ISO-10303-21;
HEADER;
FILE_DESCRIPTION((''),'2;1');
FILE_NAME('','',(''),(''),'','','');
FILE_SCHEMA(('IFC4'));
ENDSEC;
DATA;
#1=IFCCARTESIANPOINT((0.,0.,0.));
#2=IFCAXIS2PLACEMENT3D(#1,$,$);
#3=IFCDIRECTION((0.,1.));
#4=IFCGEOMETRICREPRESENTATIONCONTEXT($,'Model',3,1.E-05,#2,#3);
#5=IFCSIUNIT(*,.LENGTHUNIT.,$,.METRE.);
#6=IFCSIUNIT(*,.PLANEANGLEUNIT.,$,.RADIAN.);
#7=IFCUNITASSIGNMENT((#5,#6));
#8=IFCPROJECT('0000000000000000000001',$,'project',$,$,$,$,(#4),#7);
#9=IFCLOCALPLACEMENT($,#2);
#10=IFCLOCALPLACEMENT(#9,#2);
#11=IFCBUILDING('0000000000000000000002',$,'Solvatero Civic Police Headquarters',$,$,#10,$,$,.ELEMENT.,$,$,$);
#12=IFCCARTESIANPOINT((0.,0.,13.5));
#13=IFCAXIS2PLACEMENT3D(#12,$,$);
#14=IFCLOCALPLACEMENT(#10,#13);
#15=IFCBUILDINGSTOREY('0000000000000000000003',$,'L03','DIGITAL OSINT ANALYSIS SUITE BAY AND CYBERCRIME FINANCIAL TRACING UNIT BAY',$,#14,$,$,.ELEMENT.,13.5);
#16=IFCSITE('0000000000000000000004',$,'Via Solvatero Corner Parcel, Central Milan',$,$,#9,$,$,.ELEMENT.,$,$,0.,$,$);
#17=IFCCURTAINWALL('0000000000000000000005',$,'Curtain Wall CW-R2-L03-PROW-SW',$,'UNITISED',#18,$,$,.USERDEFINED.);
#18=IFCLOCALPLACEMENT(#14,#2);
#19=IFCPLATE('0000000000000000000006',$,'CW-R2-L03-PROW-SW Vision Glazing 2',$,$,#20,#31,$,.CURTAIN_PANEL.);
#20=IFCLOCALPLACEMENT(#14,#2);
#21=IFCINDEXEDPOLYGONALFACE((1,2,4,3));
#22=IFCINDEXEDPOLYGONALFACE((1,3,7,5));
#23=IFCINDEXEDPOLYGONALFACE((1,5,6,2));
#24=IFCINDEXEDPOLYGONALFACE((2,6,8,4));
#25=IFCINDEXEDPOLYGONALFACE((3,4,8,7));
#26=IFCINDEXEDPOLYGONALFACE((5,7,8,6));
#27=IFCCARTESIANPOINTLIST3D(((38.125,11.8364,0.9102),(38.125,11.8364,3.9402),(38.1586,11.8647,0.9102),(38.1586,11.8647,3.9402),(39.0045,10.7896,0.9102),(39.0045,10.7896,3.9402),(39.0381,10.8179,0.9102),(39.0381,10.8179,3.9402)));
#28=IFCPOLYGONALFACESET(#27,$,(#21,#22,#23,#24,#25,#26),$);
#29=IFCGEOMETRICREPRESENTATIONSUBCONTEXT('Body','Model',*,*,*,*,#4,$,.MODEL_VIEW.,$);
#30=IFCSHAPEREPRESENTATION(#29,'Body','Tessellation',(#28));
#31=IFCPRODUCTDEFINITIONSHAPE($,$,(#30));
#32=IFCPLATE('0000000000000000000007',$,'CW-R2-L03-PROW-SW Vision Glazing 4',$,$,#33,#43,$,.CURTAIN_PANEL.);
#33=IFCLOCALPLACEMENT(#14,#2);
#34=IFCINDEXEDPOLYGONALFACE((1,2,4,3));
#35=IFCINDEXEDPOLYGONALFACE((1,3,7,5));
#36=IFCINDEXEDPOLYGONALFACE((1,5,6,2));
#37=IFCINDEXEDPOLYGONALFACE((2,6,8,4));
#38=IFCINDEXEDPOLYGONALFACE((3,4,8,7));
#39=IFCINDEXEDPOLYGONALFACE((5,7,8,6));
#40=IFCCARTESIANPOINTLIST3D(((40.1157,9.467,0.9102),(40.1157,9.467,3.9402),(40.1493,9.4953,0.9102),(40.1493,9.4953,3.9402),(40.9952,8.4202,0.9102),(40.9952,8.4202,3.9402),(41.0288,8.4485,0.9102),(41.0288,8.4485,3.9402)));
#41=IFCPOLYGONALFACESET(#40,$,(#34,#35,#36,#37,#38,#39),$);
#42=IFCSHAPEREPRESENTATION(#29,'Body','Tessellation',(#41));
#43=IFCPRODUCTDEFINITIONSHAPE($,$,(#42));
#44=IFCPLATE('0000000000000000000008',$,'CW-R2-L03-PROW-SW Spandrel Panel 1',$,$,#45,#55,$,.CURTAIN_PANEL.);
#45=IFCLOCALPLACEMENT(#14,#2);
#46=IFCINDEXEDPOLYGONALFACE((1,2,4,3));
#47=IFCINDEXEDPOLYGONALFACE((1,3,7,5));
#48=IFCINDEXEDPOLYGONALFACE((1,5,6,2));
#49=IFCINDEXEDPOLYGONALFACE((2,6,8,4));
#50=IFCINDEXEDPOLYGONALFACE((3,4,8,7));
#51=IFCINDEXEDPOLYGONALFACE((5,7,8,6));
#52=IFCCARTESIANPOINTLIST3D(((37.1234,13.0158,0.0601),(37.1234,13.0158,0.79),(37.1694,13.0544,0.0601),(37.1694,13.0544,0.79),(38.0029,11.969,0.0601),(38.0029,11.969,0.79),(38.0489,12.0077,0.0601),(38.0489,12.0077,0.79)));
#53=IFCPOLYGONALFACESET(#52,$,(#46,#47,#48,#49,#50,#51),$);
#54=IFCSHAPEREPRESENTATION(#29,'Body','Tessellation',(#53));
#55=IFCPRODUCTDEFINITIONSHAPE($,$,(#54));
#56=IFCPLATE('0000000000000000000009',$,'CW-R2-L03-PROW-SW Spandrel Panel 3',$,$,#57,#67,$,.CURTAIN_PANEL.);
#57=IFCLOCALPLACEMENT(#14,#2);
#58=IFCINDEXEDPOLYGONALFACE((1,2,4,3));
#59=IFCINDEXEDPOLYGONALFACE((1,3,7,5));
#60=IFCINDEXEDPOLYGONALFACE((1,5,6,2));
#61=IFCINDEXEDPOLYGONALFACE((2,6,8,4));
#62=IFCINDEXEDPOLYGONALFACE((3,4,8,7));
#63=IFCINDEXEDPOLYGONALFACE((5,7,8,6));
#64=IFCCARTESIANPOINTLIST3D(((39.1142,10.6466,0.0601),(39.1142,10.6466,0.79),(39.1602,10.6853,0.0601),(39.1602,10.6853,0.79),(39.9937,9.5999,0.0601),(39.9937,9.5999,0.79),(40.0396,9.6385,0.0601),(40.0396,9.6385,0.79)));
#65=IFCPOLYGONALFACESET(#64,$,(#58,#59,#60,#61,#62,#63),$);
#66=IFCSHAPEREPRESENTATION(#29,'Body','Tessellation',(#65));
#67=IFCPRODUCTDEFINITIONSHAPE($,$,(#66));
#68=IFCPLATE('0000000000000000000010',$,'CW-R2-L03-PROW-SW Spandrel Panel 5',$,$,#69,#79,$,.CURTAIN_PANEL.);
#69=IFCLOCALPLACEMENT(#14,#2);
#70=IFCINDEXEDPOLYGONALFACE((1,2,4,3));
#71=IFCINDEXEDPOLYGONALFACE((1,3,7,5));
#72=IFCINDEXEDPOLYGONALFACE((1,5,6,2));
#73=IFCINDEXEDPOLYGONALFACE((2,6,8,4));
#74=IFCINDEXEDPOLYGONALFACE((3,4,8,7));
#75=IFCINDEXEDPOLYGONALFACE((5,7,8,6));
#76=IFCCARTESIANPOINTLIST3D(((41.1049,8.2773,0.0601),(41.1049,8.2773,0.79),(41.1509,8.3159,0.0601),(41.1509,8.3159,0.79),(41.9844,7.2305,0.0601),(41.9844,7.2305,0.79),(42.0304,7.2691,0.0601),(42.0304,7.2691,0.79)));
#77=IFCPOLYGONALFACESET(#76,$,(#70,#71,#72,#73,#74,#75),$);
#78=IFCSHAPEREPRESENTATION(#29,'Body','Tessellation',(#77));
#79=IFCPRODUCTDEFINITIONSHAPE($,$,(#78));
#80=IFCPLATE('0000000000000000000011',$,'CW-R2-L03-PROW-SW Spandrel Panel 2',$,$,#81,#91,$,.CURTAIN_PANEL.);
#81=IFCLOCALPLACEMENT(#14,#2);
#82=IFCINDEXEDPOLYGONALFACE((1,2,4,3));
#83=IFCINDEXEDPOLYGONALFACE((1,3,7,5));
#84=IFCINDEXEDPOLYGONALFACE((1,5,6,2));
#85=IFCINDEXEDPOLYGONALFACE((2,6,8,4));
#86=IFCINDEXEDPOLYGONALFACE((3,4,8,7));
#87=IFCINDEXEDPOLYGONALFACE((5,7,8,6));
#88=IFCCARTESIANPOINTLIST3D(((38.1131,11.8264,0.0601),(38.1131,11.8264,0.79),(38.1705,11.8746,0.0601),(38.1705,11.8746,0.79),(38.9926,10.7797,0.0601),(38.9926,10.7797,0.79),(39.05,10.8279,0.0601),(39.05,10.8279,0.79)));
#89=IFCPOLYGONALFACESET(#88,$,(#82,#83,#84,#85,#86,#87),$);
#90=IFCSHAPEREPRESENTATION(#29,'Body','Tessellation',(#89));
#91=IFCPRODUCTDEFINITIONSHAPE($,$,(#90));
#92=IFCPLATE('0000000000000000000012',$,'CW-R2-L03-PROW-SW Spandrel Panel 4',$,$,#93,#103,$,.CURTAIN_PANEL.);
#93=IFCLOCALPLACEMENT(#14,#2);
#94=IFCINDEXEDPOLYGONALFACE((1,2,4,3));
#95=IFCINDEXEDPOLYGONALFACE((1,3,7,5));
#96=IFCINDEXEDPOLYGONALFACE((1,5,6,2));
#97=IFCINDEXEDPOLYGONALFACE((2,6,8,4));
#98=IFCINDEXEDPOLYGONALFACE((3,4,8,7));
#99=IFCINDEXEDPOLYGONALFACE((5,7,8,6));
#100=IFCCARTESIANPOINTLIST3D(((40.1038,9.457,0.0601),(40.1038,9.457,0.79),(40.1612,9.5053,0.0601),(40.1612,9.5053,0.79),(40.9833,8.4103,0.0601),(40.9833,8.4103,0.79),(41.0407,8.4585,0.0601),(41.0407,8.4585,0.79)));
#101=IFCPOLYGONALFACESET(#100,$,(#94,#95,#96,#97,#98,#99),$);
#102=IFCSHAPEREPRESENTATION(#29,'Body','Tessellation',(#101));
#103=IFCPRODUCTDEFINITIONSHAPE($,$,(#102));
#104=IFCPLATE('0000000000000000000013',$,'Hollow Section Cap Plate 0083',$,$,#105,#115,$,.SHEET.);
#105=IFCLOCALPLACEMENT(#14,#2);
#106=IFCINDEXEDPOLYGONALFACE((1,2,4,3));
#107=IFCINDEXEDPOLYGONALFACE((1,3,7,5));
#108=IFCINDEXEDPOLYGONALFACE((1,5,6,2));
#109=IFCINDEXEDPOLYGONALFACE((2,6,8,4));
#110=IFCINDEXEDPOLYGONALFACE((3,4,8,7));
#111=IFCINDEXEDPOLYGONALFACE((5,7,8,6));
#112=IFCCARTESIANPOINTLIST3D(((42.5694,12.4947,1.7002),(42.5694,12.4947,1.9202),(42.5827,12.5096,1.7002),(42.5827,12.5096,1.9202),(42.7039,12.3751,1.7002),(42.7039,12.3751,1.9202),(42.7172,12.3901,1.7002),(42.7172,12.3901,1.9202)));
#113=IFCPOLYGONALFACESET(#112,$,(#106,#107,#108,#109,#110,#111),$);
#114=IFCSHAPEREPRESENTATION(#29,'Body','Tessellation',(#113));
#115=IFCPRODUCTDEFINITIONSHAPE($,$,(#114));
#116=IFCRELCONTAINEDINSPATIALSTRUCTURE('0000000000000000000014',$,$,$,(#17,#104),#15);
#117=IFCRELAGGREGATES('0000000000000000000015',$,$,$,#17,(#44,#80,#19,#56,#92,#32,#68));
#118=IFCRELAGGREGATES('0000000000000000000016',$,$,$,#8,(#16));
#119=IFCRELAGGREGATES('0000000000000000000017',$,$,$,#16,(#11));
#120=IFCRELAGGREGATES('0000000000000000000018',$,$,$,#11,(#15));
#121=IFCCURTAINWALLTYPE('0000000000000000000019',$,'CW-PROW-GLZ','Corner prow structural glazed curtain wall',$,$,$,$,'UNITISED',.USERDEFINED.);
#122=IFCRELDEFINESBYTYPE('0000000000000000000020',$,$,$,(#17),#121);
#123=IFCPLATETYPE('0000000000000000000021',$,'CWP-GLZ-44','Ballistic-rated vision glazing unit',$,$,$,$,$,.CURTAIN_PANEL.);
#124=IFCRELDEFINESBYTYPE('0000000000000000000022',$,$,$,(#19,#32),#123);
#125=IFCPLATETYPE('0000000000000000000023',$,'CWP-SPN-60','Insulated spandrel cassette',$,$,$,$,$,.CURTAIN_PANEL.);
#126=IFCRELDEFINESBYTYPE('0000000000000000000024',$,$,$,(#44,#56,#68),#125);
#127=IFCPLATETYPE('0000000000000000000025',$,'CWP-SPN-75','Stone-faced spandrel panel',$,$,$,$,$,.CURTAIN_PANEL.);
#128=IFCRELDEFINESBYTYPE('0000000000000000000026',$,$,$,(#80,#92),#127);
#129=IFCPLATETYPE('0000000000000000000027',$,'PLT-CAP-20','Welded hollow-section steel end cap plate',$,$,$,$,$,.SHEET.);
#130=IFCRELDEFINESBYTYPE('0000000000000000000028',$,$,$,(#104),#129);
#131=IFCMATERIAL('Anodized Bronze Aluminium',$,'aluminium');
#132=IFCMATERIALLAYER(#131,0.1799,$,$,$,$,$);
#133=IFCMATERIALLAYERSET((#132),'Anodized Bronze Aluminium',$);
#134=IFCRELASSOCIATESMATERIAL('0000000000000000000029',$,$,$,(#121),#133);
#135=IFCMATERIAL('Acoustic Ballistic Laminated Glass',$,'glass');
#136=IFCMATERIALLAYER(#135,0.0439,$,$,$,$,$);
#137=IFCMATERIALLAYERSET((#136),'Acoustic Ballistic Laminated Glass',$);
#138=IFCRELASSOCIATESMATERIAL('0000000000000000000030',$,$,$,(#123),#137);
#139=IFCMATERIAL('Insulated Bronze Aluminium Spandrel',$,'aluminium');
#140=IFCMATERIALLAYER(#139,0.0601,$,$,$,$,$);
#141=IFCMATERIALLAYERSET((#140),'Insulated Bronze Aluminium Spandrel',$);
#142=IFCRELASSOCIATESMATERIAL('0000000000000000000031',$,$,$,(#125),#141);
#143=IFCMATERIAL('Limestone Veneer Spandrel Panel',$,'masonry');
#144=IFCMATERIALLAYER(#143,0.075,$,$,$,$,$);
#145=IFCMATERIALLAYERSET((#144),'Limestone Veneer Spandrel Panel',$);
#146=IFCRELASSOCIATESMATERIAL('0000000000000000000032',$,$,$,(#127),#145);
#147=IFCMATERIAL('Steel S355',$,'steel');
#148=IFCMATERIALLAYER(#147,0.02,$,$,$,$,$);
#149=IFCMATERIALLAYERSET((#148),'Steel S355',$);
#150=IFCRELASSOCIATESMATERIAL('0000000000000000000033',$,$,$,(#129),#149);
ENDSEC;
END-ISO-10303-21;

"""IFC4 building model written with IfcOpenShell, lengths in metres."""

from ifc_helpers import new_model, si_unit, direction, frame, origin, origin_2d, place, context, subcontext, project, spatial, rectangle, extrude, material, layer, layer_set, type_object, element, aggregate, save


model = new_model("IFC4")

# Units and contexts
model_context = context("Model", 3, precision=1e-05, world=origin(), true_north=direction((0.0, 1.0)))
body_context = subcontext(model_context, "Body", "Model", "MODEL_VIEW")
ifc_project = project(units=[si_unit("LENGTHUNIT", "METRE"), si_unit("PLANEANGLEUNIT", "RADIAN")], contexts=[model_context])

# Site, building, storey
site_placement = place(None, origin())
site = spatial("IfcSite", under=ifc_project, at=site_placement, Name="Via Solvatero Corner Parcel, Central Milan", CompositionType="ELEMENT", RefElevation=0.0)
building_placement = place(site_placement, origin())
building = spatial("IfcBuilding", under=site, at=building_placement, Name="Solvatero Civic Police Headquarters", CompositionType="ELEMENT")
storey_placement = place(building_placement, frame((0.0, 0.0, 13.5)))
storey = spatial("IfcBuildingStorey", under=building, at=storey_placement, Name="L03", Description="DIGITAL OSINT ANALYSIS SUITE BAY AND CYBERCRIME FINANCIAL TRACING UNIT BAY", CompositionType="ELEMENT", Elevation=13.5)

# Shared definitions
ifc_material_1 = material(Name="Steel S355", Category="steel")

# Curtain wall
ifc_material_2 = material(Name="Anodized Bronze Aluminium", Category="aluminium")
ifc_layer_1 = layer(ifc_material_2, 0.1799)
ifc_layer_set_1 = layer_set([ifc_layer_1], Name="Anodized Bronze Aluminium")
curtain_wall_type = type_object("IfcCurtainWallType", Name="CW-PROW-GLZ", Description="Corner prow structural glazed curtain wall", ElementType="UNITISED", PredefinedType="USERDEFINED", material=ifc_layer_set_1)
curtain_wall_1_placement = place(storey_placement, origin())
curtain_wall_1 = element("IfcCurtainWall", 1, at=curtain_wall_1_placement, inside=storey, type_object=curtain_wall_type, Name="Curtain Wall CW-R2-L03-PROW-SW", ObjectType="UNITISED", PredefinedType="USERDEFINED")

# Plates
ifc_material_3 = material(Name="Acoustic Ballistic Laminated Glass", Category="glass")
ifc_layer_2 = layer(ifc_material_3, 0.0439)
ifc_layer_set_2 = layer_set([ifc_layer_2], Name="Acoustic Ballistic Laminated Glass")
plate_type_1 = type_object("IfcPlateType", Name="CWP-GLZ-44", Description="Ballistic-rated vision glazing unit", PredefinedType="CURTAIN_PANEL", material=ifc_layer_set_2)
plate_1_placement = place(storey_placement, frame((38.5815, 11.3271, 0.9102), z_axis=(0.0, 0.0, 1.0), x_axis=(0.643282, -0.765629, 0.0)))
plate_1 = element("IfcPlate", 2, at=plate_1_placement, type_object=plate_type_1, Name="CW-R2-L03-PROW-SW Vision Glazing 2", PredefinedType="CURTAIN_PANEL", context=body_context, shape_type="SweptSolid", body=[
    extrude(rectangle(XDim=1.3672, YDim=0.0439, at=origin_2d()), origin(), (0.0, 0.0, 1.0), 3.03),
])
plate_2_placement = place(storey_placement, frame((40.5723, 8.9578, 0.9102), z_axis=(0.0, 0.0, 1.0), x_axis=(0.643282, -0.765629, 0.0)))
plate_2 = element("IfcPlate", 3, at=plate_2_placement, type_object=plate_type_1, Name="CW-R2-L03-PROW-SW Vision Glazing 4", PredefinedType="CURTAIN_PANEL", context=body_context, shape_type="SweptSolid", body=[
    extrude(rectangle(XDim=1.3672, YDim=0.0439, at=origin_2d()), origin(), (0.0, 0.0, 1.0), 3.03),
])
ifc_material_4 = material(Name="Insulated Bronze Aluminium Spandrel", Category="aluminium")
ifc_layer_3 = layer(ifc_material_4, 0.0601)
ifc_layer_set_3 = layer_set([ifc_layer_3], Name="Insulated Bronze Aluminium Spandrel")
plate_type_2 = type_object("IfcPlateType", Name="CWP-SPN-60", Description="Insulated spandrel cassette", PredefinedType="CURTAIN_PANEL", material=ifc_layer_set_3)
plate_3_placement = place(storey_placement, frame((37.5862, 12.5117, 0.0601), z_axis=(0.0, 0.0, 1.0), x_axis=(0.643282, -0.765629, 0.0)))
plate_3 = element("IfcPlate", 4, at=plate_3_placement, type_object=plate_type_2, Name="CW-R2-L03-PROW-SW Spandrel Panel 1", PredefinedType="CURTAIN_PANEL", context=body_context, shape_type="SweptSolid", body=[
    extrude(rectangle(XDim=1.3672, YDim=0.0601, at=origin_2d()), origin(), (0.0, 0.0, 1.0), 0.73),
])
plate_4_placement = place(storey_placement, frame((39.5769, 10.1426, 0.0601), z_axis=(0.0, 0.0, 1.0), x_axis=(0.643282, -0.765629, 0.0)))
plate_4 = element("IfcPlate", 5, at=plate_4_placement, type_object=plate_type_2, Name="CW-R2-L03-PROW-SW Spandrel Panel 3", PredefinedType="CURTAIN_PANEL", context=body_context, shape_type="SweptSolid", body=[
    extrude(rectangle(XDim=1.3672, YDim=0.0601, at=origin_2d()), origin(), (0.0, 0.0, 1.0), 0.73),
])
plate_5_placement = place(storey_placement, frame((41.5676, 7.7732, 0.0601), z_axis=(0.0, 0.0, 1.0), x_axis=(0.643282, -0.765629, 0.0)))
plate_5 = element("IfcPlate", 6, at=plate_5_placement, type_object=plate_type_2, Name="CW-R2-L03-PROW-SW Spandrel Panel 5", PredefinedType="CURTAIN_PANEL", context=body_context, shape_type="SweptSolid", body=[
    extrude(rectangle(XDim=1.3672, YDim=0.0601, at=origin_2d()), origin(), (0.0, 0.0, 1.0), 0.73),
])
ifc_material_5 = material(Name="Limestone Veneer Spandrel Panel", Category="masonry")
ifc_layer_4 = layer(ifc_material_5, 0.075)
ifc_layer_set_4 = layer_set([ifc_layer_4], Name="Limestone Veneer Spandrel Panel")
plate_type_3 = type_object("IfcPlateType", Name="CWP-SPN-75", Description="Stone-faced spandrel panel", PredefinedType="CURTAIN_PANEL", material=ifc_layer_set_4)
plate_6_placement = place(storey_placement, frame((38.5815, 11.3271, 0.0601), z_axis=(0.0, 0.0, 1.0), x_axis=(0.643282, -0.765629, 0.0)))
plate_6 = element("IfcPlate", 7, at=plate_6_placement, type_object=plate_type_3, Name="CW-R2-L03-PROW-SW Spandrel Panel 2", PredefinedType="CURTAIN_PANEL", context=body_context, shape_type="SweptSolid", body=[
    extrude(rectangle(XDim=1.3672, YDim=0.075, at=origin_2d()), origin(), (0.0, 0.0, 1.0), 0.73),
])
plate_7_placement = place(storey_placement, frame((40.5723, 8.9578, 0.0601), z_axis=(0.0, 0.0, 1.0), x_axis=(0.643282, -0.765629, 0.0)))
plate_7 = element("IfcPlate", 8, at=plate_7_placement, type_object=plate_type_3, Name="CW-R2-L03-PROW-SW Spandrel Panel 4", PredefinedType="CURTAIN_PANEL", context=body_context, shape_type="SweptSolid", body=[
    extrude(rectangle(XDim=1.3672, YDim=0.075, at=origin_2d()), origin(), (0.0, 0.0, 1.0), 0.73),
])
aggregate(curtain_wall_1, [plate_3, plate_6, plate_1, plate_4, plate_7, plate_2, plate_5])
ifc_layer_5 = layer(ifc_material_1, 0.02)
ifc_layer_set_5 = layer_set([ifc_layer_5], Name="Steel S355")
plate_type_4 = type_object("IfcPlateType", Name="PLT-CAP-20", Description="Welded hollow-section steel end cap plate", PredefinedType="SHEET", material=ifc_layer_set_5)
plate_8_placement = place(storey_placement, frame((42.6433, 12.4424, 1.7002), z_axis=(0.0, 0.0, 1.0), x_axis=(0.66437, 0.747404, 0.0)))
element("IfcPlate", 9, at=plate_8_placement, inside=storey, type_object=plate_type_4, Name="Hollow Section Cap Plate 0083", PredefinedType="SHEET", context=body_context, shape_type="SweptSolid", body=[
    extrude(rectangle(XDim=0.02, YDim=0.1799, at=origin_2d()), origin(), (0.0, 0.0, 1.0), 0.22),
])

save(model, "model.ifc")
